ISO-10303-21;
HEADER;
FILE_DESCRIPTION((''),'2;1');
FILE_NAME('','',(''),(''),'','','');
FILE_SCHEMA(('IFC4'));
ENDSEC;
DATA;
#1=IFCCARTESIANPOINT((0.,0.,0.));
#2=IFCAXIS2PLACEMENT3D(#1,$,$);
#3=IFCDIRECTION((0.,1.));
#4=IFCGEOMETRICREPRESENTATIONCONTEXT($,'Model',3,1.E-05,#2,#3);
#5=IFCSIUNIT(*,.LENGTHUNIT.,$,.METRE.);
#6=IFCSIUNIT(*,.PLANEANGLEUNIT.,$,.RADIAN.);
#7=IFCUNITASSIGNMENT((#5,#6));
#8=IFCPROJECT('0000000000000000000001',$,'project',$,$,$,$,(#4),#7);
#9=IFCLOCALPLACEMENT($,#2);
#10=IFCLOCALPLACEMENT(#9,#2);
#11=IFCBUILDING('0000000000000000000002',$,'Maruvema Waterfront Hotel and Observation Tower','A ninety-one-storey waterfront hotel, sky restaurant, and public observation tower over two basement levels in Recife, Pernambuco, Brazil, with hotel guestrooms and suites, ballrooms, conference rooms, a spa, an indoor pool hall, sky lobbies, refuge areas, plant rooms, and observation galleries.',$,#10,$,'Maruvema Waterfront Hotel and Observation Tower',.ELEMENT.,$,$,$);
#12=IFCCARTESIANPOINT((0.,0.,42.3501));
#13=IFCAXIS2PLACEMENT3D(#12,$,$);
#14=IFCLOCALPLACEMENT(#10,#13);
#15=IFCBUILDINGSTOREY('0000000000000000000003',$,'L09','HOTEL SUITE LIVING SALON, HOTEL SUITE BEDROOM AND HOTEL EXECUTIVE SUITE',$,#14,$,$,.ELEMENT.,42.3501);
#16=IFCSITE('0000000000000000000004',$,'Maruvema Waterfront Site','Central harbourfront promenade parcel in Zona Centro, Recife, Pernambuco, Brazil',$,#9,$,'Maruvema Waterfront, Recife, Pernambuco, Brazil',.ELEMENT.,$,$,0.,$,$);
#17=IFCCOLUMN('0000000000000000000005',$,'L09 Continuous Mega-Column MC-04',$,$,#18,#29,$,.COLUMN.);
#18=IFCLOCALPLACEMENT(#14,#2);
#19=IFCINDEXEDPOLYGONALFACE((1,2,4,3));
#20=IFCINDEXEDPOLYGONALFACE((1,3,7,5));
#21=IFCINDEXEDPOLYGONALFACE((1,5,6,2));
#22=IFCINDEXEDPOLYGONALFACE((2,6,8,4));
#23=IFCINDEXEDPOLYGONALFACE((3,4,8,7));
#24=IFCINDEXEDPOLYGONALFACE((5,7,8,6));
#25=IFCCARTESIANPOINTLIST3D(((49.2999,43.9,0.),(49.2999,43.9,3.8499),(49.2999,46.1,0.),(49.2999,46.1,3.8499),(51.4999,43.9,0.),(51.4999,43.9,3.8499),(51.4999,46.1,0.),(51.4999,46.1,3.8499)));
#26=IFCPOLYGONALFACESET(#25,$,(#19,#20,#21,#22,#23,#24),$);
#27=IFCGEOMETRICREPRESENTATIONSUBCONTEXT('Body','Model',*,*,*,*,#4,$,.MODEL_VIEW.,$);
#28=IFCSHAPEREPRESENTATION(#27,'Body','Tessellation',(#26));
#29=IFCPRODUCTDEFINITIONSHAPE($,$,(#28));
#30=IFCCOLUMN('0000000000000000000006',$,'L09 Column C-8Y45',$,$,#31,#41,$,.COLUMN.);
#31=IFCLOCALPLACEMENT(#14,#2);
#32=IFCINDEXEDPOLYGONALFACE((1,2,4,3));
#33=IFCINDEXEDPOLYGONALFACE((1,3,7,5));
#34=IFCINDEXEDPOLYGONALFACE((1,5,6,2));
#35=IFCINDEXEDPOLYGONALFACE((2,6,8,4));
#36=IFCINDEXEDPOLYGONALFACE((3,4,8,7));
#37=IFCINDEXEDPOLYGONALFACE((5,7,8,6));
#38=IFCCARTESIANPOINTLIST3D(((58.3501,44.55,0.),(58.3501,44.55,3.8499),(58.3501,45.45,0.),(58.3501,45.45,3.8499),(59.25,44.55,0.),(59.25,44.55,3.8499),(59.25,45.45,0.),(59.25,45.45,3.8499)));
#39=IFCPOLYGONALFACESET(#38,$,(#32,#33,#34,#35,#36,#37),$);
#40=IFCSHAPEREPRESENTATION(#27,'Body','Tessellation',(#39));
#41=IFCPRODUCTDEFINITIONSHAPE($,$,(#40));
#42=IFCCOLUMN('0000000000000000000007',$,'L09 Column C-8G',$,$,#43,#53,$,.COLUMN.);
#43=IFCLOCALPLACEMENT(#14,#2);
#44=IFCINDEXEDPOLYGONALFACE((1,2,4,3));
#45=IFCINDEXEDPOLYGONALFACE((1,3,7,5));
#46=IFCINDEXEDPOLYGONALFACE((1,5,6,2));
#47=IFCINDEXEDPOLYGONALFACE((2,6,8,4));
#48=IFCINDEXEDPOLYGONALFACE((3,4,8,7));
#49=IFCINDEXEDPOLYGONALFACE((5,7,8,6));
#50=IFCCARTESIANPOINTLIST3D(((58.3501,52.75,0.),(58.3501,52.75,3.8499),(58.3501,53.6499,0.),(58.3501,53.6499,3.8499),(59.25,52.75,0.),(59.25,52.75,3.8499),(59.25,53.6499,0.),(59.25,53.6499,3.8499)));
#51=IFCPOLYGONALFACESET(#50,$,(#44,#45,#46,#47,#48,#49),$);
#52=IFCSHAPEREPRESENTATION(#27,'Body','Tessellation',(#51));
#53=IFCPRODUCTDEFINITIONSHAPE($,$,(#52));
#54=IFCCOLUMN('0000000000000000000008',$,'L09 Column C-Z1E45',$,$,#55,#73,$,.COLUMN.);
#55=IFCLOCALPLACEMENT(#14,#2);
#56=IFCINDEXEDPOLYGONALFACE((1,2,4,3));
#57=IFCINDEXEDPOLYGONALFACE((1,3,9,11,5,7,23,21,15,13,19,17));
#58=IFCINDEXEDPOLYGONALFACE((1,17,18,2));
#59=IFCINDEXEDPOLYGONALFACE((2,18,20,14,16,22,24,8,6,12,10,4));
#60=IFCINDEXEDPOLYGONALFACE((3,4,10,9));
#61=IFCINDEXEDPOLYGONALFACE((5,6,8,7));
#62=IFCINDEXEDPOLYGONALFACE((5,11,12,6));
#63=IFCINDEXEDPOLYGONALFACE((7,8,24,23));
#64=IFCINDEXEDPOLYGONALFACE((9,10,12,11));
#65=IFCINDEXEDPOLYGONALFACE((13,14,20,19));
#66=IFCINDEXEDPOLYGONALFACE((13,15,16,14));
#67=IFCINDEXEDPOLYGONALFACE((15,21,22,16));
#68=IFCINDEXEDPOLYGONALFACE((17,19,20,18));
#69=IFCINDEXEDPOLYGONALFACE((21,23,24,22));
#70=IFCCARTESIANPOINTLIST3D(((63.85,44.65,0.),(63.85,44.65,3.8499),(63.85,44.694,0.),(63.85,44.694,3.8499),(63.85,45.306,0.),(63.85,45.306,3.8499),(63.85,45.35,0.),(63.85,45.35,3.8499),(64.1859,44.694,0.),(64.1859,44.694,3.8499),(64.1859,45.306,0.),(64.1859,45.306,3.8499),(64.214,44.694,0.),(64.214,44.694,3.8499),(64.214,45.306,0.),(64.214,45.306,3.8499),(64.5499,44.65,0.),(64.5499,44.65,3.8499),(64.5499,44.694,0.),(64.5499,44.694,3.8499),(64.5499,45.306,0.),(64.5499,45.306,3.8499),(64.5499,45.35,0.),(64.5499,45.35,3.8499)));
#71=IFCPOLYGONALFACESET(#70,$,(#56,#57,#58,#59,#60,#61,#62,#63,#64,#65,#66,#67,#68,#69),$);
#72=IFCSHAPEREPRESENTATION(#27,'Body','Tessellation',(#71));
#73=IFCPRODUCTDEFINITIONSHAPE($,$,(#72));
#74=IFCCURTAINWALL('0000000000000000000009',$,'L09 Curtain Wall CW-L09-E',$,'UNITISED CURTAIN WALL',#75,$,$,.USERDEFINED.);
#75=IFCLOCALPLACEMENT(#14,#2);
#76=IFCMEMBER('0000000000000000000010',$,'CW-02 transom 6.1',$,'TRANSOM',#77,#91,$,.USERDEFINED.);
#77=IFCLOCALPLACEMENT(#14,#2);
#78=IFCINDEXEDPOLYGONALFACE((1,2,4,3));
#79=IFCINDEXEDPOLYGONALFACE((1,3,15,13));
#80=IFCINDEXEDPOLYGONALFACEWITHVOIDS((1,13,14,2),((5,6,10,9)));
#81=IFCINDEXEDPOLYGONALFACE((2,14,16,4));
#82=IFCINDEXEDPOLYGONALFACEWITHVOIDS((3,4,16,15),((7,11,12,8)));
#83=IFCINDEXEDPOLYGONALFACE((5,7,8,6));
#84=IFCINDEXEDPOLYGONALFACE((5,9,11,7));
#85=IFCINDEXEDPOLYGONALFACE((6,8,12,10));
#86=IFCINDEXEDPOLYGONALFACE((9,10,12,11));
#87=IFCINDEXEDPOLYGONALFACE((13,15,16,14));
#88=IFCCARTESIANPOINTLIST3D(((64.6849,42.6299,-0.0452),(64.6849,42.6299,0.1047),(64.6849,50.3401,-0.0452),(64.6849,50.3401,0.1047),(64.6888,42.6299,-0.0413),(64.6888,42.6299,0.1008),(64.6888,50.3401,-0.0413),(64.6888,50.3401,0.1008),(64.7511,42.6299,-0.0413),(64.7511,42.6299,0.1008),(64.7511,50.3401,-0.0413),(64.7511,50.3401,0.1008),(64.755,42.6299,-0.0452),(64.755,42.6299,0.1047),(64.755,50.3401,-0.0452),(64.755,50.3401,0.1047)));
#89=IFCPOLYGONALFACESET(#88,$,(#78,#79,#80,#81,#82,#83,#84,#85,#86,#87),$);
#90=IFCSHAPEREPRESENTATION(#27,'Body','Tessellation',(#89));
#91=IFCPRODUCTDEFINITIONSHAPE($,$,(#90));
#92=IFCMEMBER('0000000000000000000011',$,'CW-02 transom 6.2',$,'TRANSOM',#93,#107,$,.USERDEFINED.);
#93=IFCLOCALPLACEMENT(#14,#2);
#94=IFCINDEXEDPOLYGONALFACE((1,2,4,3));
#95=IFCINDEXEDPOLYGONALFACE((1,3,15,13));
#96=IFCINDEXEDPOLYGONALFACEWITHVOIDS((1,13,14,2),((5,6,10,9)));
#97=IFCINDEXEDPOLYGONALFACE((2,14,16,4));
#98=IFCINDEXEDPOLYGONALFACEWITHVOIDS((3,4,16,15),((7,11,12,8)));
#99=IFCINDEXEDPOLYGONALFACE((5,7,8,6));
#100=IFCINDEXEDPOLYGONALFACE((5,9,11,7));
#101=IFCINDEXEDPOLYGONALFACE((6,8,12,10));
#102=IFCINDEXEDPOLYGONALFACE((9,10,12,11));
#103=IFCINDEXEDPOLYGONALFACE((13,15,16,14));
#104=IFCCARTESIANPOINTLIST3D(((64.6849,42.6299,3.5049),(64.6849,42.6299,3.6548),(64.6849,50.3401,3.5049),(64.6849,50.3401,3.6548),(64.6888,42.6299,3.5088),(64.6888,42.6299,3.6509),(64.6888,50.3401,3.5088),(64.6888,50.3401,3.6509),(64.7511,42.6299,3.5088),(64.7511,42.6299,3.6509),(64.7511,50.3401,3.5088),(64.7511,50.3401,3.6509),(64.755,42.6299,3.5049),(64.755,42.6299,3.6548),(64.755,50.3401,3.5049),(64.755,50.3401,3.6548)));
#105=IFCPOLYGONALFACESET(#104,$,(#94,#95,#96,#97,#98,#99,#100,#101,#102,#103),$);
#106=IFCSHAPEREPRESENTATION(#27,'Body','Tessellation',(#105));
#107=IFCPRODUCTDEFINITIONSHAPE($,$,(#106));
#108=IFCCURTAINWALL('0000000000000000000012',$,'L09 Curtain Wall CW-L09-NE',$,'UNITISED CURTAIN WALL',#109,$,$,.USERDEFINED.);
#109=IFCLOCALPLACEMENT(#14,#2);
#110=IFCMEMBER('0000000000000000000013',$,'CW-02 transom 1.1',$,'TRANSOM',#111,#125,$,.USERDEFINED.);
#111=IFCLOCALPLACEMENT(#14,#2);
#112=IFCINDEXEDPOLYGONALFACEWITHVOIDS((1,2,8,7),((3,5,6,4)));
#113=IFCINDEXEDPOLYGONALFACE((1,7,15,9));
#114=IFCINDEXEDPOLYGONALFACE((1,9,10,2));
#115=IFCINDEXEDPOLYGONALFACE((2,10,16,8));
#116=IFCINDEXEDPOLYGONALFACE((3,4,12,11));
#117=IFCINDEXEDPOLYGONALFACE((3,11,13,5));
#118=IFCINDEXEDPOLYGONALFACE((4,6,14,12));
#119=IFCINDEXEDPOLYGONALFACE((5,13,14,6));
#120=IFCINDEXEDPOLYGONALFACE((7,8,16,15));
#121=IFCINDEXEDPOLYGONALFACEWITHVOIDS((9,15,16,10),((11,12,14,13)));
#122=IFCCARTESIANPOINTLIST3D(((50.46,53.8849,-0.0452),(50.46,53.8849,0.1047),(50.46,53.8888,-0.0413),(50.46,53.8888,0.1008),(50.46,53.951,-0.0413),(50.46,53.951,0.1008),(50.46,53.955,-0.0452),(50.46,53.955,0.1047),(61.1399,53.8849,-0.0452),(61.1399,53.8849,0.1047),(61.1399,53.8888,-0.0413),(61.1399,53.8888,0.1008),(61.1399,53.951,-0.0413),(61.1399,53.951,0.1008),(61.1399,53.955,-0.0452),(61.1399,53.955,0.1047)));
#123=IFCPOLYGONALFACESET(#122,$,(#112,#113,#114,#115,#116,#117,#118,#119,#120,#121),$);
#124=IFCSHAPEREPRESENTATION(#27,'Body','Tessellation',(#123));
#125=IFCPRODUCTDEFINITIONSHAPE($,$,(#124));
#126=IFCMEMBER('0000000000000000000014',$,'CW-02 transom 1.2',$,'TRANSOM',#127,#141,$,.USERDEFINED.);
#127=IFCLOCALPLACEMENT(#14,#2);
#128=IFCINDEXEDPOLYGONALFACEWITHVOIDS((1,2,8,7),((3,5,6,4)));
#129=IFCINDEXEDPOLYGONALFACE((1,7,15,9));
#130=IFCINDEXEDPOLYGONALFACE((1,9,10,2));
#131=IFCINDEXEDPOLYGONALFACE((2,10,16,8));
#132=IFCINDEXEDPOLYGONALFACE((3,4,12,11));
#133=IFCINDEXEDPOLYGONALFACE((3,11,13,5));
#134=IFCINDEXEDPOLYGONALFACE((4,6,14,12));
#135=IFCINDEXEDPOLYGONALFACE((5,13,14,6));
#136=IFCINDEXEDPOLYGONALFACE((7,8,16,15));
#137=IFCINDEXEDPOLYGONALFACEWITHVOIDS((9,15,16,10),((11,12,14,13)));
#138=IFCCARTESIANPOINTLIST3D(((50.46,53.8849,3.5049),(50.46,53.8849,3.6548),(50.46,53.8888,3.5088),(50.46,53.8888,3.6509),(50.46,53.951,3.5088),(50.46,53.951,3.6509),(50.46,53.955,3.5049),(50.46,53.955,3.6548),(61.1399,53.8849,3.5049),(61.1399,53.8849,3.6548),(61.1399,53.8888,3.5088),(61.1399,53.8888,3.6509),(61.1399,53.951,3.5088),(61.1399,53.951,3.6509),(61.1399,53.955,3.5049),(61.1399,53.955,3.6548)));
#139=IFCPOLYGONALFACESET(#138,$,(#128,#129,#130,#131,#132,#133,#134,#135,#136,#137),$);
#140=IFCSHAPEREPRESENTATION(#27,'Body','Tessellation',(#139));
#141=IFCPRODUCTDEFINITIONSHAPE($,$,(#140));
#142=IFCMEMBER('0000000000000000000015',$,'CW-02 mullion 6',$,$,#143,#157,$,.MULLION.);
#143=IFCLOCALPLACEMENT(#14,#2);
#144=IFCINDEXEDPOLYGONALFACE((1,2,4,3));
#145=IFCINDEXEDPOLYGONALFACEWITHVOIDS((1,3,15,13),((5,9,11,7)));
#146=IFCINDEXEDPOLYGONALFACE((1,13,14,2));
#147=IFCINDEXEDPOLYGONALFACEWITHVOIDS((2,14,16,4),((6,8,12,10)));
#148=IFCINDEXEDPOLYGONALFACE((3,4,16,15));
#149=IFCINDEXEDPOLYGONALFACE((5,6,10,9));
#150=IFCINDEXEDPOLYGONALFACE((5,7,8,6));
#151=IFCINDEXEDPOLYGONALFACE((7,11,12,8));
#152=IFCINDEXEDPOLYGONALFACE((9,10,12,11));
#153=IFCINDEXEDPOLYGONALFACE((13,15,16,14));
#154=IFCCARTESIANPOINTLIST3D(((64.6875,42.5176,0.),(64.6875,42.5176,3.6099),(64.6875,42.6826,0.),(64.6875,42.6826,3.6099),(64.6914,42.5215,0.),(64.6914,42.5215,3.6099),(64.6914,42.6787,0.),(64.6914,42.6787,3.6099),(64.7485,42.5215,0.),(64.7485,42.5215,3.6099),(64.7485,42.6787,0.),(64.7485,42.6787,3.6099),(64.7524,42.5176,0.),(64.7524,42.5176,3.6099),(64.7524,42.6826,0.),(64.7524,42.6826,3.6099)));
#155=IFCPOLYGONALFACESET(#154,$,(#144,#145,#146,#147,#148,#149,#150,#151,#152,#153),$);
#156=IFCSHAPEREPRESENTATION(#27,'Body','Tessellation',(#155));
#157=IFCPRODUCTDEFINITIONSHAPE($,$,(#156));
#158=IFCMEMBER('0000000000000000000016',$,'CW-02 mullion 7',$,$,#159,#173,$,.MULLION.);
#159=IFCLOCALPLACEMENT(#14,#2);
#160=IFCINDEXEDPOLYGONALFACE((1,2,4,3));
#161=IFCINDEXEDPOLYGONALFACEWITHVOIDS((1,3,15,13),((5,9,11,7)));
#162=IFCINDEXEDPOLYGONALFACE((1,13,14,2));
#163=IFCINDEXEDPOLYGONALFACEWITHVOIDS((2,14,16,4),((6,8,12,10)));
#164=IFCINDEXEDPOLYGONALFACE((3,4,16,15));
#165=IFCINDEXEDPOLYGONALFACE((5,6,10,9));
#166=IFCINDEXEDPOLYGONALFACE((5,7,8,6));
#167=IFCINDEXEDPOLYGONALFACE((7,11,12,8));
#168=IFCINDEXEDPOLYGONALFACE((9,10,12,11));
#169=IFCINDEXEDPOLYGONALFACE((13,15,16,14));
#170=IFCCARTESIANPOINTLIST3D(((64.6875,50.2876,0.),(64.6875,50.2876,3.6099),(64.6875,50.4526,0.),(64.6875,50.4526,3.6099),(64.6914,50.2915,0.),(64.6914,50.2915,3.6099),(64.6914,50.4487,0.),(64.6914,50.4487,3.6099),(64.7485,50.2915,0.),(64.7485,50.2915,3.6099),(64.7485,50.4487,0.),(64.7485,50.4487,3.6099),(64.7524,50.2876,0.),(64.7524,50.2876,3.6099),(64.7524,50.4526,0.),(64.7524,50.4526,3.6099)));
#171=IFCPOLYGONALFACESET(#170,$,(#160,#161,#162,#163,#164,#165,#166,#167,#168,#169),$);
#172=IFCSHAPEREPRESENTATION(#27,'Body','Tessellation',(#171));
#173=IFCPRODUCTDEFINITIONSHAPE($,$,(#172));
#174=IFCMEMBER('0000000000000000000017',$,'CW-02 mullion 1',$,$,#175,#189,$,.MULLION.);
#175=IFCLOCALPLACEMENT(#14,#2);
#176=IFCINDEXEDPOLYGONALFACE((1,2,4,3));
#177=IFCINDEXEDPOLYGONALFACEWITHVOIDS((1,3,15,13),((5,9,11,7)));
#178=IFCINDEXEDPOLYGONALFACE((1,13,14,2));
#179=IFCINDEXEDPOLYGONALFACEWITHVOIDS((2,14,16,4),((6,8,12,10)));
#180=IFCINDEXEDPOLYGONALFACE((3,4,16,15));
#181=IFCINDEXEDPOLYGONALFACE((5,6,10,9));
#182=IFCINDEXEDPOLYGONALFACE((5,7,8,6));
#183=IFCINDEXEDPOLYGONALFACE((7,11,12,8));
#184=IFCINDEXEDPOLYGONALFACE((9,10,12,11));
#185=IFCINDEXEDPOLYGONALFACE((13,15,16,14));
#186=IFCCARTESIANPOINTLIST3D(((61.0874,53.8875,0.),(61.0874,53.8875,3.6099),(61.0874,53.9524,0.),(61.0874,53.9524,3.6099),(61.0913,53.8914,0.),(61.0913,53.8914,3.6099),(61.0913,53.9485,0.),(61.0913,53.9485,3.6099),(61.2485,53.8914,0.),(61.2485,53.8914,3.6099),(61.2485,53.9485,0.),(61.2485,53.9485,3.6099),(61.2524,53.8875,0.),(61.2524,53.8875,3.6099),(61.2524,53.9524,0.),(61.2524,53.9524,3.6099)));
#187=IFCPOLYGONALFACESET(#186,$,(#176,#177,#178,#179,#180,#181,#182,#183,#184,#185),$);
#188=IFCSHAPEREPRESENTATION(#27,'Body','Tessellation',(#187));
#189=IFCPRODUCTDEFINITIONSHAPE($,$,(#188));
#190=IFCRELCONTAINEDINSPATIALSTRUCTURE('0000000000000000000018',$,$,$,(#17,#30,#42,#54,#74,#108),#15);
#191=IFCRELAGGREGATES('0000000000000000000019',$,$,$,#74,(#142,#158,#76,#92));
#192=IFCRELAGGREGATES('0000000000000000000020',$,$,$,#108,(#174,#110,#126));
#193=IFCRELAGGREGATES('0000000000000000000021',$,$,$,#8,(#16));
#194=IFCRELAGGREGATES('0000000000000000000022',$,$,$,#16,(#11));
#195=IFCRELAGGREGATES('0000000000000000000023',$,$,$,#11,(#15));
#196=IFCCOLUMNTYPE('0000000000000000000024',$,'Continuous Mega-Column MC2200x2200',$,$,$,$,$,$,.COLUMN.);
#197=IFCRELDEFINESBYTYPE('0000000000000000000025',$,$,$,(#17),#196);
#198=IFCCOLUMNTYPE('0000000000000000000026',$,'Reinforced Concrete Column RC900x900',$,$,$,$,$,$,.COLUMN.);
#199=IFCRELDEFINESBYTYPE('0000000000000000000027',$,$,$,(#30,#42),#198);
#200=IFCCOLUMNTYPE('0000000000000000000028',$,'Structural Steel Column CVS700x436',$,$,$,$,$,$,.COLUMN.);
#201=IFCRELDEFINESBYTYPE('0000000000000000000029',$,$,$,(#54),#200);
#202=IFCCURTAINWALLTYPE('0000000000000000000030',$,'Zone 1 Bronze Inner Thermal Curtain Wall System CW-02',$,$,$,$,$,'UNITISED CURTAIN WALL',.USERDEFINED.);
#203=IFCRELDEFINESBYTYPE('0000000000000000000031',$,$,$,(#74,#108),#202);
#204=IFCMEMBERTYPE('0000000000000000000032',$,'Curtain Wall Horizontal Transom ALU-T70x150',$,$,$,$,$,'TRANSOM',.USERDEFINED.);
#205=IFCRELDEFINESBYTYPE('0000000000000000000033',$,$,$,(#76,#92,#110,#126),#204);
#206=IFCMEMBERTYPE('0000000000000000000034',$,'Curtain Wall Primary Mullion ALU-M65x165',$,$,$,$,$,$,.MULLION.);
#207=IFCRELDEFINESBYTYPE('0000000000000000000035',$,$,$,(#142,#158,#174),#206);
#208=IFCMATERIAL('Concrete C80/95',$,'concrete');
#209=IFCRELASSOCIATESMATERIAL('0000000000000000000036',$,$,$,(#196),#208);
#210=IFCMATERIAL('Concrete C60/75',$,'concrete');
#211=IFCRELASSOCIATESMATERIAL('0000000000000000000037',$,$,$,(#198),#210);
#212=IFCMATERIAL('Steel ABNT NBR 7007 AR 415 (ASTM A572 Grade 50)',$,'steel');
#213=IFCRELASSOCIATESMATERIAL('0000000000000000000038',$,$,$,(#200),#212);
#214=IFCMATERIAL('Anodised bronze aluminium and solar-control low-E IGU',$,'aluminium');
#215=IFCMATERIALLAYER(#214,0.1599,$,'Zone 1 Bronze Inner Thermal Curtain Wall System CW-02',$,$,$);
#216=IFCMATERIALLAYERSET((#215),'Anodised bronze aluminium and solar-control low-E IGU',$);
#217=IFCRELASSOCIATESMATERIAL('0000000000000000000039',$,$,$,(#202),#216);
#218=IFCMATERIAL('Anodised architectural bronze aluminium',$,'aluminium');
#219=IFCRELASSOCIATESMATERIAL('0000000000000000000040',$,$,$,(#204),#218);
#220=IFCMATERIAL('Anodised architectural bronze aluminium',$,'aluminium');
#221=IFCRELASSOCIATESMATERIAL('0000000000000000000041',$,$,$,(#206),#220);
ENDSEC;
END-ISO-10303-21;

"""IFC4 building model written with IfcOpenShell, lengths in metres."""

from ifc_helpers import new_model, si_unit, direction, frame, origin, origin_2d, place, context, subcontext, project, spatial, rectangle, hollow_rectangle, i_section, extrude, material, layer, layer_set, material_profile, profile_set, type_object, element, aggregate, save


model = new_model("IFC4")

# Units and contexts
model_context = context("Model", 3, precision=1e-05, world=origin(), true_north=direction((0.0, 1.0)))
body_context = subcontext(model_context, "Body", "Model", "MODEL_VIEW")
ifc_project = project(units=[si_unit("LENGTHUNIT", "METRE"), si_unit("PLANEANGLEUNIT", "RADIAN")], contexts=[model_context])

# Site, building, storey
site_placement = place(None, origin())
site = spatial("IfcSite", under=ifc_project, at=site_placement, Name="Maruvema Waterfront Site", Description="Central harbourfront promenade parcel in Zona Centro, Recife, Pernambuco, Brazil", LongName="Maruvema Waterfront, Recife, Pernambuco, Brazil", CompositionType="ELEMENT", RefElevation=0.0)
building_placement = place(site_placement, origin())
building = spatial("IfcBuilding", under=site, at=building_placement, Name="Maruvema Waterfront Hotel and Observation Tower", Description="A ninety-one-storey waterfront hotel, sky restaurant, and public observation tower over two basement levels in Recife, Pernambuco, Brazil, with hotel guestrooms and suites, ballrooms, conference rooms, a spa, an indoor pool hall, sky lobbies, refuge areas, plant rooms, and observation galleries.", LongName="Maruvema Waterfront Hotel and Observation Tower", CompositionType="ELEMENT")
storey_placement = place(building_placement, frame((0.0, 0.0, 42.3501)))
storey = spatial("IfcBuildingStorey", under=building, at=storey_placement, Name="L09", Description="HOTEL SUITE LIVING SALON, HOTEL SUITE BEDROOM AND HOTEL EXECUTIVE SUITE", CompositionType="ELEMENT", Elevation=42.3501)

# Columns
ifc_material_1 = material(Name="Concrete C80/95", Category="concrete")
ifc_material_profile_1 = material_profile(ifc_material_1, rectangle(XDim=2.2, YDim=2.2, at=origin_2d()), Name="MC2200x2200")
ifc_profile_set_1 = profile_set([ifc_material_profile_1], Name="Concrete C80/95")
column_type_1 = type_object("IfcColumnType", Name="Continuous Mega-Column MC2200x2200", PredefinedType="COLUMN", material=ifc_profile_set_1)
column_1_placement = place(storey_placement, frame((50.3999, 45.0, 0.0), z_axis=(0.0, 0.0, 1.0), x_axis=(1.0, 0.0, 0.0)))
element("IfcColumn", 1, at=column_1_placement, inside=storey, type_object=column_type_1, Name="L09 Continuous Mega-Column MC-04", PredefinedType="COLUMN", context=body_context, shape_type="SweptSolid", body=[
    extrude(rectangle(XDim=2.2, YDim=2.2, at=origin_2d()), origin(), (0.0, 0.0, 1.0), 3.8499),
])
ifc_material_2 = material(Name="Concrete C60/75", Category="concrete")
ifc_material_profile_2 = material_profile(ifc_material_2, rectangle(XDim=0.8999, YDim=0.8999, at=origin_2d()), Name="RC900x900")
ifc_profile_set_2 = profile_set([ifc_material_profile_2], Name="Concrete C60/75")
column_type_2 = type_object("IfcColumnType", Name="Reinforced Concrete Column RC900x900", PredefinedType="COLUMN", material=ifc_profile_set_2)
for number, where, z_axis, x_axis, name in (
    (2, (58.8, 45.0, 0.0), (0.0, 0.0, 1.0), (1.0, 0.0, 0.0), "L09 Column C-8Y45"),
    (3, (58.8, 53.2, 0.0), (0.0, 0.0, 1.0), (1.0, 0.0, 0.0), "L09 Column C-8G"),
):
    element("IfcColumn", number, at=place(storey_placement, frame(where, z_axis=z_axis, x_axis=x_axis)), inside=storey, type_object=column_type_2, Name=name, PredefinedType="COLUMN", context=body_context, shape_type="SweptSolid", body=[
        extrude(rectangle(XDim=0.8999, YDim=0.8999, at=origin_2d()), origin(), (0.0, 0.0, 1.0), 3.8499),
    ])
ifc_material_3 = material(Name="Steel ABNT NBR 7007 AR 415 (ASTM A572 Grade 50)", Category="steel")
ifc_material_profile_3 = material_profile(ifc_material_3, i_section(OverallWidth=0.7, OverallDepth=0.7, WebThickness=0.0281, FlangeThickness=0.0439, at=origin_2d()), Name="CVS700x436")
ifc_profile_set_3 = profile_set([ifc_material_profile_3], Name="Steel ABNT NBR 7007 AR 415 (ASTM A572 Grade 50)")
column_type_3 = type_object("IfcColumnType", Name="Structural Steel Column CVS700x436", PredefinedType="COLUMN", material=ifc_profile_set_3)
column_2_placement = place(storey_placement, frame((64.2, 45.0, 0.0), z_axis=(0.0, 0.0, 1.0), x_axis=(1.0, 0.0, 0.0)))
element("IfcColumn", 4, at=column_2_placement, inside=storey, type_object=column_type_3, Name="L09 Column C-Z1E45", PredefinedType="COLUMN", context=body_context, shape_type="SweptSolid", body=[
    extrude(i_section(OverallWidth=0.7, OverallDepth=0.7, WebThickness=0.0281, FlangeThickness=0.0439, at=origin_2d()), origin(), (0.0, 0.0, 1.0), 3.8499),
])

# Curtain walls, members
ifc_material_4 = material(Name="Anodised bronze aluminium and solar-control low-E IGU", Category="aluminium")
ifc_layer_1 = layer(ifc_material_4, 0.1599, Name="Zone 1 Bronze Inner Thermal Curtain Wall System CW-02")
ifc_layer_set_1 = layer_set([ifc_layer_1], Name="Anodised bronze aluminium and solar-control low-E IGU")
curtain_wall_type = type_object("IfcCurtainWallType", Name="Zone 1 Bronze Inner Thermal Curtain Wall System CW-02", ElementType="UNITISED CURTAIN WALL", PredefinedType="USERDEFINED", material=ifc_layer_set_1)
curtain_wall_1_placement = place(storey_placement, origin())
curtain_wall_1 = element("IfcCurtainWall", 5, at=curtain_wall_1_placement, inside=storey, type_object=curtain_wall_type, Name="L09 Curtain Wall CW-L09-E", ObjectType="UNITISED CURTAIN WALL", PredefinedType="USERDEFINED")
ifc_material_5 = material(Name="Anodised architectural bronze aluminium", Category="aluminium")
ifc_material_profile_4 = material_profile(ifc_material_5, hollow_rectangle(XDim=0.0701, YDim=0.1499, WallThickness=0.0039, at=origin_2d()), Name="ALU-T70x150")
ifc_profile_set_4 = profile_set([ifc_material_profile_4], Name="Anodised architectural bronze aluminium")
member_type_1 = type_object("IfcMemberType", Name="Curtain Wall Horizontal Transom ALU-T70x150", ElementType="TRANSOM", PredefinedType="USERDEFINED", material=ifc_profile_set_4)
member_1_placement = place(storey_placement, frame((64.72, 42.6299, 0.0298), z_axis=(0.0, 1.0, 0.0), x_axis=(-1.0, 0.0, 0.0)))
member_1 = element("IfcMember", 6, at=member_1_placement, type_object=member_type_1, Name="CW-02 transom 6.1", ObjectType="TRANSOM", PredefinedType="USERDEFINED", context=body_context, shape_type="SweptSolid", body=[
    extrude(hollow_rectangle(XDim=0.0701, YDim=0.1499, WallThickness=0.0039, at=origin_2d()), origin(), (0.0, 0.0, 1.0), 7.7102),
])
member_2_placement = place(storey_placement, frame((64.72, 42.6299, 3.5798), z_axis=(0.0, 1.0, 0.0), x_axis=(-1.0, 0.0, 0.0)))
member_2 = element("IfcMember", 7, at=member_2_placement, type_object=member_type_1, Name="CW-02 transom 6.2", ObjectType="TRANSOM", PredefinedType="USERDEFINED", context=body_context, shape_type="SweptSolid", body=[
    extrude(hollow_rectangle(XDim=0.0701, YDim=0.1499, WallThickness=0.0039, at=origin_2d()), origin(), (0.0, 0.0, 1.0), 7.7102),
])
curtain_wall_2_placement = place(storey_placement, origin())
curtain_wall_2 = element("IfcCurtainWall", 8, at=curtain_wall_2_placement, inside=storey, type_object=curtain_wall_type, Name="L09 Curtain Wall CW-L09-NE", ObjectType="UNITISED CURTAIN WALL", PredefinedType="USERDEFINED")
member_3_placement = place(storey_placement, frame((61.1399, 53.9199, 0.0298), z_axis=(-1.0, 0.0, 0.0), x_axis=(0.0, -1.0, 0.0)))
member_3 = element("IfcMember", 9, at=member_3_placement, type_object=member_type_1, Name="CW-02 transom 1.1", ObjectType="TRANSOM", PredefinedType="USERDEFINED", context=body_context, shape_type="SweptSolid", body=[
    extrude(hollow_rectangle(XDim=0.0701, YDim=0.1499, WallThickness=0.0039, at=origin_2d()), origin(), (0.0, 0.0, 1.0), 10.6799),
])
member_4_placement = place(storey_placement, frame((61.1399, 53.9199, 3.5798), z_axis=(-1.0, 0.0, 0.0), x_axis=(0.0, -1.0, 0.0)))
member_4 = element("IfcMember", 10, at=member_4_placement, type_object=member_type_1, Name="CW-02 transom 1.2", ObjectType="TRANSOM", PredefinedType="USERDEFINED", context=body_context, shape_type="SweptSolid", body=[
    extrude(hollow_rectangle(XDim=0.0701, YDim=0.1499, WallThickness=0.0039, at=origin_2d()), origin(), (0.0, 0.0, 1.0), 10.6799),
])

# Members
ifc_material_6 = material(Name="Anodised architectural bronze aluminium", Category="aluminium")
ifc_material_profile_5 = material_profile(ifc_material_6, hollow_rectangle(XDim=0.0649, YDim=0.165, WallThickness=0.0039, at=origin_2d()), Name="ALU-M65x165")
ifc_profile_set_5 = profile_set([ifc_material_profile_5], Name="Anodised architectural bronze aluminium")
member_type_2 = type_object("IfcMemberType", Name="Curtain Wall Primary Mullion ALU-M65x165", PredefinedType="MULLION", material=ifc_profile_set_5)
member_5_placement = place(storey_placement, frame((64.72, 42.6001, 0.0), z_axis=(0.0, 0.0, 1.0), x_axis=(-1.0, 0.0, 0.0)))
member_5 = element("IfcMember", 11, at=member_5_placement, type_object=member_type_2, Name="CW-02 mullion 6", PredefinedType="MULLION", context=body_context, shape_type="SweptSolid", body=[
    extrude(hollow_rectangle(XDim=0.0649, YDim=0.165, WallThickness=0.0039, at=origin_2d()), origin(), (0.0, 0.0, 1.0), 3.6099),
])
member_6_placement = place(storey_placement, frame((64.72, 50.3701, 0.0), z_axis=(0.0, 0.0, 1.0), x_axis=(-1.0, 0.0, 0.0)))
member_6 = element("IfcMember", 12, at=member_6_placement, type_object=member_type_2, Name="CW-02 mullion 7", PredefinedType="MULLION", context=body_context, shape_type="SweptSolid", body=[
    extrude(hollow_rectangle(XDim=0.0649, YDim=0.165, WallThickness=0.0039, at=origin_2d()), origin(), (0.0, 0.0, 1.0), 3.6099),
])
member_7_placement = place(storey_placement, frame((61.1699, 53.9199, 0.0), z_axis=(0.0, 0.0, 1.0), x_axis=(0.0, -1.0, 0.0)))
member_7 = element("IfcMember", 13, at=member_7_placement, type_object=member_type_2, Name="CW-02 mullion 1", PredefinedType="MULLION", context=body_context, shape_type="SweptSolid", body=[
    extrude(hollow_rectangle(XDim=0.0649, YDim=0.165, WallThickness=0.0039, at=origin_2d()), origin(), (0.0, 0.0, 1.0), 3.6099),
])

aggregate(curtain_wall_1, [member_5, member_6, member_1, member_2])
aggregate(curtain_wall_2, [member_7, member_3, member_4])

save(model, "model.ifc")
